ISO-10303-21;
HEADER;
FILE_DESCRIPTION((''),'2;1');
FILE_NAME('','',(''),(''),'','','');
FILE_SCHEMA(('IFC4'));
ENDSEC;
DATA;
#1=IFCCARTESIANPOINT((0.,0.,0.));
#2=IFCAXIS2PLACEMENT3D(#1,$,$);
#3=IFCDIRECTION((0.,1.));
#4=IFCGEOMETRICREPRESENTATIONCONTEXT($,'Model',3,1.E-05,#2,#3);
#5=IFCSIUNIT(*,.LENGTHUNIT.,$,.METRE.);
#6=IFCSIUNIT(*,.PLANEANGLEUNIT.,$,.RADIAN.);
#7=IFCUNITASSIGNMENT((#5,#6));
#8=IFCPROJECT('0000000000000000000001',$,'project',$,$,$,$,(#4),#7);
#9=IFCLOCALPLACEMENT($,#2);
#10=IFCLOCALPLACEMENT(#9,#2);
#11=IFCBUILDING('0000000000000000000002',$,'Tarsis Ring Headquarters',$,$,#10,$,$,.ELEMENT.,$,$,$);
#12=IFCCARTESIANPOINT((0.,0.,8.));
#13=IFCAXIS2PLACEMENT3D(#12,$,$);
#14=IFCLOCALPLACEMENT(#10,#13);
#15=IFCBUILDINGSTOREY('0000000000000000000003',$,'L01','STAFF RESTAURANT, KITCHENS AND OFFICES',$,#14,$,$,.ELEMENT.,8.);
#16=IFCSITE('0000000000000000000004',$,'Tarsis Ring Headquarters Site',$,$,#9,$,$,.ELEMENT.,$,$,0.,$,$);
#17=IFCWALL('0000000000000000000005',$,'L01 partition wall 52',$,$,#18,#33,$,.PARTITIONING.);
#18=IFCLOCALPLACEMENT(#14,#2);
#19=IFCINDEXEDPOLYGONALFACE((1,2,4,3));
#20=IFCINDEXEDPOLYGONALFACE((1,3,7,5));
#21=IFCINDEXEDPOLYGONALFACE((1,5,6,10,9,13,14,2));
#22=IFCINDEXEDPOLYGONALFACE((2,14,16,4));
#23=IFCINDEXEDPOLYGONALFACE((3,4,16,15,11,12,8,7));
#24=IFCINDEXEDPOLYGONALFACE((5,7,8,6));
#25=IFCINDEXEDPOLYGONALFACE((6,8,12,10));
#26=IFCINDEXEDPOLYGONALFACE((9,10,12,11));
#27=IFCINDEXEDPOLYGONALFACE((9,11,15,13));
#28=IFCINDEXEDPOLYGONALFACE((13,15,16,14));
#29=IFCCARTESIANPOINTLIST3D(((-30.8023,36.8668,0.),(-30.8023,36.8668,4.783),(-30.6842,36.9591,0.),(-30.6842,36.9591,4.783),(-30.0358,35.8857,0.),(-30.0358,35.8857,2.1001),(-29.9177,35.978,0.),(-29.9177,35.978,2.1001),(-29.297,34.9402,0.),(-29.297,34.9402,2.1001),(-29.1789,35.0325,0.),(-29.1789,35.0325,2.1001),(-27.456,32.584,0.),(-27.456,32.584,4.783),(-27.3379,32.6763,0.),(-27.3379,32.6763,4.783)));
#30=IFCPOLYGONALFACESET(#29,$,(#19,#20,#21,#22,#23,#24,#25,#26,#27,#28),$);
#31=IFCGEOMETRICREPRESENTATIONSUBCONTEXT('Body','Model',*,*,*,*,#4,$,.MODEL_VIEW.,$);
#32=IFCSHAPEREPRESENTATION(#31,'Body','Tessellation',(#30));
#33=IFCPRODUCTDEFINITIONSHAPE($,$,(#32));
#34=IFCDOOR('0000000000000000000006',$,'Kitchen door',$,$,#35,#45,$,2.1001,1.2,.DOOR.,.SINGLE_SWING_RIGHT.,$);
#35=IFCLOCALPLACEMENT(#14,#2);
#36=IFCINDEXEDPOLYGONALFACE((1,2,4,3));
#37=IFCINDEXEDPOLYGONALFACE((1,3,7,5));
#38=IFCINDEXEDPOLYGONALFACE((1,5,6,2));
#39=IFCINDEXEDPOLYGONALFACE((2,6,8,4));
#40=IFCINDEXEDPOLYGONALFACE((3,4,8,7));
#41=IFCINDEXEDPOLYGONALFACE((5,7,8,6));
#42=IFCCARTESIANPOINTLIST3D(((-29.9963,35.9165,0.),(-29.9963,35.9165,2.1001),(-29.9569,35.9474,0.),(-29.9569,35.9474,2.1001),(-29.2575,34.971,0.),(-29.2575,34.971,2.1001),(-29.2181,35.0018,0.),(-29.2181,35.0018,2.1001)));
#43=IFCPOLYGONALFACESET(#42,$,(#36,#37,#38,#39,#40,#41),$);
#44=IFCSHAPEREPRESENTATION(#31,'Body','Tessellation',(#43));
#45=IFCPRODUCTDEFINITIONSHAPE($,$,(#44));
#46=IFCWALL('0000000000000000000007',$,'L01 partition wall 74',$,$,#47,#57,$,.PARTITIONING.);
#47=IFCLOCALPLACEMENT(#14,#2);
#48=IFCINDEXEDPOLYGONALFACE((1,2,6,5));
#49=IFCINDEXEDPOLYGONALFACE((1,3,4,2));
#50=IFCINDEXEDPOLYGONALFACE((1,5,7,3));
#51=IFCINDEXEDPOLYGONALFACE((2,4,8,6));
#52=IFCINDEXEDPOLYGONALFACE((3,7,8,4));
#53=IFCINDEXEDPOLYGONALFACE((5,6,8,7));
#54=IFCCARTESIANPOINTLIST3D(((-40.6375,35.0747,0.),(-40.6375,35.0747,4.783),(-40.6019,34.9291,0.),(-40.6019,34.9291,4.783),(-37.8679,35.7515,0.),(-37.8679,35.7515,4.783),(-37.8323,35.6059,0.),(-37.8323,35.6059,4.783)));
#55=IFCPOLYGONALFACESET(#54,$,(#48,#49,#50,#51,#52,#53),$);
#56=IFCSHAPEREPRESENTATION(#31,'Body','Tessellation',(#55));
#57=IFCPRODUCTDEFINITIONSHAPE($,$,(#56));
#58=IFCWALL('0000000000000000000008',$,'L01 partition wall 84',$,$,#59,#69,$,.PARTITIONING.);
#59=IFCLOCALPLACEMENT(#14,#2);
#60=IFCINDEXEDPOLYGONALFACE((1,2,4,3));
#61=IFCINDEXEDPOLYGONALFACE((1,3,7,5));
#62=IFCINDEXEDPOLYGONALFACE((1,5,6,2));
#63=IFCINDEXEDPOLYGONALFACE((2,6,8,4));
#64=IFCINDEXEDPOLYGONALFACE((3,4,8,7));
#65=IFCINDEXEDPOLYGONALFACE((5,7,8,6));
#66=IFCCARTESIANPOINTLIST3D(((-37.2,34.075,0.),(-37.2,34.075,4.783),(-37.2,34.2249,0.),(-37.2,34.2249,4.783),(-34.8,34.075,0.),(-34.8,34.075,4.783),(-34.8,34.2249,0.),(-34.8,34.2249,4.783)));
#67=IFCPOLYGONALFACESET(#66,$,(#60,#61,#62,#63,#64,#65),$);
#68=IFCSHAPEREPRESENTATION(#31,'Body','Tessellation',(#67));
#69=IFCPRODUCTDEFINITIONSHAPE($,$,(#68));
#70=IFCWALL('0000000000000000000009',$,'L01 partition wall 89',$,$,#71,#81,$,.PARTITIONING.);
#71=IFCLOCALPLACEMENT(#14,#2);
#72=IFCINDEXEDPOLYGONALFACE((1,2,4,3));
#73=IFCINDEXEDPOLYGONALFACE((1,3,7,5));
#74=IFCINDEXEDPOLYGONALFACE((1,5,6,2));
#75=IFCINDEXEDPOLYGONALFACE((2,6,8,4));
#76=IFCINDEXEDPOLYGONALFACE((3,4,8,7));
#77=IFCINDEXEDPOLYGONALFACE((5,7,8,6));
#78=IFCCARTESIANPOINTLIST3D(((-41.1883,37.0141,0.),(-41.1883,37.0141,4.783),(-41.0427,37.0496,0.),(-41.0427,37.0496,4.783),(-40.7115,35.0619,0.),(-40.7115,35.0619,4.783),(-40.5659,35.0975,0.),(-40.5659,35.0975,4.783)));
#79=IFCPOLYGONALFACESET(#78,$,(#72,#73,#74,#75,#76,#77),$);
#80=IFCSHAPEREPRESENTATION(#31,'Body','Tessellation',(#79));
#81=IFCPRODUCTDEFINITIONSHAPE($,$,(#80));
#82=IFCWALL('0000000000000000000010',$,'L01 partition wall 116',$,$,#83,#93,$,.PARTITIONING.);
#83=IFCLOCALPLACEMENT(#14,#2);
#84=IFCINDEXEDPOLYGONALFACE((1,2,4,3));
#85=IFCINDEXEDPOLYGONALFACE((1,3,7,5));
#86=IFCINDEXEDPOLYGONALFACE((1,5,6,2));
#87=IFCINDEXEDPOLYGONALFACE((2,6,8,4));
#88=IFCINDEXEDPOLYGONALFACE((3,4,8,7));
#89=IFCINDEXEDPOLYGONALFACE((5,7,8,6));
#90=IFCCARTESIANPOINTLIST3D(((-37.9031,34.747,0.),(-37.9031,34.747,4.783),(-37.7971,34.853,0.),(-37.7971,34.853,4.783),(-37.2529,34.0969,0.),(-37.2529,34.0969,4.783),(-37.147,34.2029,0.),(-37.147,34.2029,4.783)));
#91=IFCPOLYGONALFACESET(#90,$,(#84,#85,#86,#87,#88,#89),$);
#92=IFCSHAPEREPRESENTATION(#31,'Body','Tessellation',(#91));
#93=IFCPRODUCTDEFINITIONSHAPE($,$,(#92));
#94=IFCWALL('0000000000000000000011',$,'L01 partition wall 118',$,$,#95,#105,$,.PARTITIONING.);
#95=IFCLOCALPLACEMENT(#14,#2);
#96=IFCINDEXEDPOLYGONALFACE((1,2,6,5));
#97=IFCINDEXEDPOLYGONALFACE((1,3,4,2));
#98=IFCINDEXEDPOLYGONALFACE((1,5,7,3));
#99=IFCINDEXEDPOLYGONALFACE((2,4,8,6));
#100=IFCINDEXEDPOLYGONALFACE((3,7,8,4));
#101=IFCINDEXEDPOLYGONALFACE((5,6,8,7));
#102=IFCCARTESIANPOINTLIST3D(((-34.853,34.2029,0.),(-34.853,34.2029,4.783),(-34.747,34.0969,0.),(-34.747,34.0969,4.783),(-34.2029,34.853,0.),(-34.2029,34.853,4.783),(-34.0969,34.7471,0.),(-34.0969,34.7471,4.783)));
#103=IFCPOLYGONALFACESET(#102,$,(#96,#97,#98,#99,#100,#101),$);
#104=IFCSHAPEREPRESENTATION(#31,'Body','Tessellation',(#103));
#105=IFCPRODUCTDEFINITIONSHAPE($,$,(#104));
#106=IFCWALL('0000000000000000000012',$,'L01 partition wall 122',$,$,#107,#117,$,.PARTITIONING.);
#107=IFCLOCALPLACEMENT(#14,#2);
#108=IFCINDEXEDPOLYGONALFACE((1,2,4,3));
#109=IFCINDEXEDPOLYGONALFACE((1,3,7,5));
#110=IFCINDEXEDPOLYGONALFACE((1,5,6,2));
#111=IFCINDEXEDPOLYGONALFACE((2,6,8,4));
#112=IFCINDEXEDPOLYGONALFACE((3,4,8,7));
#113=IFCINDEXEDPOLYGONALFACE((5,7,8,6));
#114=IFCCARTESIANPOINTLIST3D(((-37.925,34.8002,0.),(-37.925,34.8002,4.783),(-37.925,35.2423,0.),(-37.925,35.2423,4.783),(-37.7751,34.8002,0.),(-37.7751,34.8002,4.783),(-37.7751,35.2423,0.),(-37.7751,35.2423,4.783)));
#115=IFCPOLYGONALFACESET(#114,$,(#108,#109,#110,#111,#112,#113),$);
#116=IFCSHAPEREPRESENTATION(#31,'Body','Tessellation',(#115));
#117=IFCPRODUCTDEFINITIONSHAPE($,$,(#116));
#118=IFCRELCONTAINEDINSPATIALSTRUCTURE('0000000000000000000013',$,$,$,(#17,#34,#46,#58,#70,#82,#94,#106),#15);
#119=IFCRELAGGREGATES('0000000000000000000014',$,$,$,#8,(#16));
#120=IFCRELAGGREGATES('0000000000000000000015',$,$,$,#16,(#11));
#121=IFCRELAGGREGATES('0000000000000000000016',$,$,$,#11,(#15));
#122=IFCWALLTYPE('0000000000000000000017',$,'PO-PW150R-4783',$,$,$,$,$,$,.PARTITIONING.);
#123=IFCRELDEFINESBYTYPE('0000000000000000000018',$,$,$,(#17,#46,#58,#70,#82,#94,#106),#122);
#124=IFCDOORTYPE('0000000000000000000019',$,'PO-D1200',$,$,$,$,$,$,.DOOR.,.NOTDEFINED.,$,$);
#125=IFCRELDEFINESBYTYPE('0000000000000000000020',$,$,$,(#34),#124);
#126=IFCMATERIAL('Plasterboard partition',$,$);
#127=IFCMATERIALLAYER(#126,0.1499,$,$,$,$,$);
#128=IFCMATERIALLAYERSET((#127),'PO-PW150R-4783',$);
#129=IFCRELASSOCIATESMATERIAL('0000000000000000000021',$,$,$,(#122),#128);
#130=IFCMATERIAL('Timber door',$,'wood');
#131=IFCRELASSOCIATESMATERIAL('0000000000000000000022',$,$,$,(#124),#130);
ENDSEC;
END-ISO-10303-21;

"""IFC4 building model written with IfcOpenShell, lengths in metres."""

from ifc_helpers import new_model, si_unit, direction, frame, frame_2d, origin, place, context, subcontext, project, spatial, rectangle, extrude, material, layer, layer_set, type_object, element, fill, save


model = new_model("IFC4")

# Units and contexts
model_context = context("Model", 3, precision=1e-05, world=origin(), true_north=direction((0.0, 1.0)))
body_context = subcontext(model_context, "Body", "Model", "MODEL_VIEW")
ifc_project = project(units=[si_unit("LENGTHUNIT", "METRE"), si_unit("PLANEANGLEUNIT", "RADIAN")], contexts=[model_context])

# Site, building, storey
site_placement = place(None, origin())
site = spatial("IfcSite", under=ifc_project, at=site_placement, Name="Tarsis Ring Headquarters Site", CompositionType="ELEMENT", RefElevation=0.0)
building_placement = place(site_placement, origin())
building = spatial("IfcBuilding", under=site, at=building_placement, Name="Tarsis Ring Headquarters", CompositionType="ELEMENT")
storey_placement = place(building_placement, frame((0.0, 0.0, 8.0)))
storey = spatial("IfcBuildingStorey", under=building, at=storey_placement, Name="L01", Description="STAFF RESTAURANT, KITCHENS AND OFFICES", CompositionType="ELEMENT", Elevation=8.0)

# Shared definitions
ifc_material_1 = material(Name="Plasterboard partition")

# Wall, opening, door
ifc_layer_1 = layer(ifc_material_1, 0.1499)
ifc_layer_set_1 = layer_set([ifc_layer_1], Name="PO-PW150R-4783")
wall_type_1 = type_object("IfcWallType", Name="PO-PW150R-4783", PredefinedType="PARTITIONING", material=ifc_layer_set_1)
wall_1_placement = place(storey_placement, frame((-27.397, 32.6301, 0.0), z_axis=(0.0, 0.0, 1.0), x_axis=(-0.615681, 0.787996, 0.0)))
wall_1 = element("IfcWall", 1, at=wall_1_placement, inside=storey, type_object=wall_type_1, Name="L01 partition wall 52", PredefinedType="PARTITIONING", context=body_context, shape_type="SweptSolid", body=[
    extrude(rectangle(XDim=5.4351, YDim=0.1499, at=frame_2d((2.7175, 0.0))), origin(), (0.0, 0.0, 1.0), 4.783),
])
opening_1_placement = place(wall_1_placement, frame((2.99, 0.0, 0.0)))
opening_1 = element("IfcOpeningElement", 2, at=opening_1_placement, cuts=wall_1, PredefinedType="OPENING", context=body_context, shape_type="SweptSolid", body=[
    extrude(rectangle(XDim=1.2, YDim=2.1001, at=frame_2d((0.6001, 1.05))), frame((0.0, 0.085, 0.0), z_axis=(0.0, -1.0, 0.0), x_axis=(1.0, 0.0, 0.0)), (0.0, 0.0, 1.0), 0.1699),
])
ifc_material_2 = material(Name="Timber door", Category="wood")
door_type = type_object("IfcDoorType", Name="PO-D1200", OperationType="NOTDEFINED", PredefinedType="DOOR", material=ifc_material_2)
door_placement = place(opening_1_placement, origin())
door = element("IfcDoor", 3, at=door_placement, inside=storey, type_object=door_type, Name="Kitchen door", OperationType="SINGLE_SWING_RIGHT", OverallHeight=2.1001, OverallWidth=1.2, PredefinedType="DOOR", context=body_context, shape_type="SweptSolid", body=[
    extrude(rectangle(XDim=1.2, YDim=2.1001, at=frame_2d((0.6001, 1.05))), frame((0.0, 0.0249, 0.0), z_axis=(0.0, -1.0, 0.0), x_axis=(1.0, 0.0, 0.0)), (0.0, 0.0, 1.0), 0.05),
])
fill(opening_1, door)

# Walls
wall_2_placement = place(storey_placement, frame((-37.8501, 35.6787, 0.0), z_axis=(0.0, 0.0, 1.0), x_axis=(-0.971418, -0.237374, 0.0)))
element("IfcWall", 4, at=wall_2_placement, inside=storey, type_object=wall_type_1, Name="L01 partition wall 74", PredefinedType="PARTITIONING", context=body_context, shape_type="SweptSolid", body=[
    extrude(rectangle(XDim=2.8511, YDim=0.1499, at=frame_2d((1.4255, 0.0))), origin(), (0.0, 0.0, 1.0), 4.783),
])
wall_3_placement = place(storey_placement, frame((-34.8, 34.1499, 0.0), z_axis=(0.0, 0.0, 1.0), x_axis=(-1.0, 0.0, 0.0)))
element("IfcWall", 5, at=wall_3_placement, inside=storey, type_object=wall_type_1, Name="L01 partition wall 84", PredefinedType="PARTITIONING", context=body_context, shape_type="SweptSolid", body=[
    extrude(rectangle(XDim=2.3999, YDim=0.1499, at=frame_2d((1.2, 0.0))), origin(), (0.0, 0.0, 1.0), 4.783),
])
wall_4_placement = place(storey_placement, frame((-40.6387, 35.0796, 0.0), z_axis=(0.0, 0.0, 1.0), x_axis=(-0.237272, 0.971443, 0.0)))
element("IfcWall", 6, at=wall_4_placement, inside=storey, type_object=wall_type_1, Name="L01 partition wall 89", PredefinedType="PARTITIONING", context=body_context, shape_type="SweptSolid", body=[
    extrude(rectangle(XDim=2.0095, YDim=0.1499, at=frame_2d((1.0049, 0.0))), origin(), (0.0, 0.0, 1.0), 4.783),
])
for number, where, z_axis, x_axis, name in (
    (7, (-37.2, 34.1499, 0.0), (0.0, 0.0, 1.0), (-0.707107, 0.707107, 0.0), "L01 partition wall 116"),
    (8, (-34.1499, 34.8, 0.0), (0.0, 0.0, 1.0), (-0.707107, -0.707107, 0.0), "L01 partition wall 118"),
):
    element("IfcWall", number, at=place(storey_placement, frame(where, z_axis=z_axis, x_axis=x_axis)), inside=storey, type_object=wall_type_1, Name=name, PredefinedType="PARTITIONING", context=body_context, shape_type="SweptSolid", body=[
        extrude(rectangle(XDim=0.9194, YDim=0.1499, at=frame_2d((0.4597, 0.0))), origin(), (0.0, 0.0, 1.0), 4.783),
    ])
wall_5_placement = place(storey_placement, frame((-37.8501, 34.8, 0.0), z_axis=(0.0, 0.0, 1.0), x_axis=(0.0, 1.0, 0.0)))
element("IfcWall", 9, at=wall_5_placement, inside=storey, type_object=wall_type_1, Name="L01 partition wall 122", PredefinedType="PARTITIONING", context=body_context, shape_type="SweptSolid", body=[
    extrude(rectangle(XDim=0.4421, YDim=0.1499, at=frame_2d((0.2212, 0.0))), origin(), (0.0, 0.0, 1.0), 4.783),
])

save(model, "model.ifc")
